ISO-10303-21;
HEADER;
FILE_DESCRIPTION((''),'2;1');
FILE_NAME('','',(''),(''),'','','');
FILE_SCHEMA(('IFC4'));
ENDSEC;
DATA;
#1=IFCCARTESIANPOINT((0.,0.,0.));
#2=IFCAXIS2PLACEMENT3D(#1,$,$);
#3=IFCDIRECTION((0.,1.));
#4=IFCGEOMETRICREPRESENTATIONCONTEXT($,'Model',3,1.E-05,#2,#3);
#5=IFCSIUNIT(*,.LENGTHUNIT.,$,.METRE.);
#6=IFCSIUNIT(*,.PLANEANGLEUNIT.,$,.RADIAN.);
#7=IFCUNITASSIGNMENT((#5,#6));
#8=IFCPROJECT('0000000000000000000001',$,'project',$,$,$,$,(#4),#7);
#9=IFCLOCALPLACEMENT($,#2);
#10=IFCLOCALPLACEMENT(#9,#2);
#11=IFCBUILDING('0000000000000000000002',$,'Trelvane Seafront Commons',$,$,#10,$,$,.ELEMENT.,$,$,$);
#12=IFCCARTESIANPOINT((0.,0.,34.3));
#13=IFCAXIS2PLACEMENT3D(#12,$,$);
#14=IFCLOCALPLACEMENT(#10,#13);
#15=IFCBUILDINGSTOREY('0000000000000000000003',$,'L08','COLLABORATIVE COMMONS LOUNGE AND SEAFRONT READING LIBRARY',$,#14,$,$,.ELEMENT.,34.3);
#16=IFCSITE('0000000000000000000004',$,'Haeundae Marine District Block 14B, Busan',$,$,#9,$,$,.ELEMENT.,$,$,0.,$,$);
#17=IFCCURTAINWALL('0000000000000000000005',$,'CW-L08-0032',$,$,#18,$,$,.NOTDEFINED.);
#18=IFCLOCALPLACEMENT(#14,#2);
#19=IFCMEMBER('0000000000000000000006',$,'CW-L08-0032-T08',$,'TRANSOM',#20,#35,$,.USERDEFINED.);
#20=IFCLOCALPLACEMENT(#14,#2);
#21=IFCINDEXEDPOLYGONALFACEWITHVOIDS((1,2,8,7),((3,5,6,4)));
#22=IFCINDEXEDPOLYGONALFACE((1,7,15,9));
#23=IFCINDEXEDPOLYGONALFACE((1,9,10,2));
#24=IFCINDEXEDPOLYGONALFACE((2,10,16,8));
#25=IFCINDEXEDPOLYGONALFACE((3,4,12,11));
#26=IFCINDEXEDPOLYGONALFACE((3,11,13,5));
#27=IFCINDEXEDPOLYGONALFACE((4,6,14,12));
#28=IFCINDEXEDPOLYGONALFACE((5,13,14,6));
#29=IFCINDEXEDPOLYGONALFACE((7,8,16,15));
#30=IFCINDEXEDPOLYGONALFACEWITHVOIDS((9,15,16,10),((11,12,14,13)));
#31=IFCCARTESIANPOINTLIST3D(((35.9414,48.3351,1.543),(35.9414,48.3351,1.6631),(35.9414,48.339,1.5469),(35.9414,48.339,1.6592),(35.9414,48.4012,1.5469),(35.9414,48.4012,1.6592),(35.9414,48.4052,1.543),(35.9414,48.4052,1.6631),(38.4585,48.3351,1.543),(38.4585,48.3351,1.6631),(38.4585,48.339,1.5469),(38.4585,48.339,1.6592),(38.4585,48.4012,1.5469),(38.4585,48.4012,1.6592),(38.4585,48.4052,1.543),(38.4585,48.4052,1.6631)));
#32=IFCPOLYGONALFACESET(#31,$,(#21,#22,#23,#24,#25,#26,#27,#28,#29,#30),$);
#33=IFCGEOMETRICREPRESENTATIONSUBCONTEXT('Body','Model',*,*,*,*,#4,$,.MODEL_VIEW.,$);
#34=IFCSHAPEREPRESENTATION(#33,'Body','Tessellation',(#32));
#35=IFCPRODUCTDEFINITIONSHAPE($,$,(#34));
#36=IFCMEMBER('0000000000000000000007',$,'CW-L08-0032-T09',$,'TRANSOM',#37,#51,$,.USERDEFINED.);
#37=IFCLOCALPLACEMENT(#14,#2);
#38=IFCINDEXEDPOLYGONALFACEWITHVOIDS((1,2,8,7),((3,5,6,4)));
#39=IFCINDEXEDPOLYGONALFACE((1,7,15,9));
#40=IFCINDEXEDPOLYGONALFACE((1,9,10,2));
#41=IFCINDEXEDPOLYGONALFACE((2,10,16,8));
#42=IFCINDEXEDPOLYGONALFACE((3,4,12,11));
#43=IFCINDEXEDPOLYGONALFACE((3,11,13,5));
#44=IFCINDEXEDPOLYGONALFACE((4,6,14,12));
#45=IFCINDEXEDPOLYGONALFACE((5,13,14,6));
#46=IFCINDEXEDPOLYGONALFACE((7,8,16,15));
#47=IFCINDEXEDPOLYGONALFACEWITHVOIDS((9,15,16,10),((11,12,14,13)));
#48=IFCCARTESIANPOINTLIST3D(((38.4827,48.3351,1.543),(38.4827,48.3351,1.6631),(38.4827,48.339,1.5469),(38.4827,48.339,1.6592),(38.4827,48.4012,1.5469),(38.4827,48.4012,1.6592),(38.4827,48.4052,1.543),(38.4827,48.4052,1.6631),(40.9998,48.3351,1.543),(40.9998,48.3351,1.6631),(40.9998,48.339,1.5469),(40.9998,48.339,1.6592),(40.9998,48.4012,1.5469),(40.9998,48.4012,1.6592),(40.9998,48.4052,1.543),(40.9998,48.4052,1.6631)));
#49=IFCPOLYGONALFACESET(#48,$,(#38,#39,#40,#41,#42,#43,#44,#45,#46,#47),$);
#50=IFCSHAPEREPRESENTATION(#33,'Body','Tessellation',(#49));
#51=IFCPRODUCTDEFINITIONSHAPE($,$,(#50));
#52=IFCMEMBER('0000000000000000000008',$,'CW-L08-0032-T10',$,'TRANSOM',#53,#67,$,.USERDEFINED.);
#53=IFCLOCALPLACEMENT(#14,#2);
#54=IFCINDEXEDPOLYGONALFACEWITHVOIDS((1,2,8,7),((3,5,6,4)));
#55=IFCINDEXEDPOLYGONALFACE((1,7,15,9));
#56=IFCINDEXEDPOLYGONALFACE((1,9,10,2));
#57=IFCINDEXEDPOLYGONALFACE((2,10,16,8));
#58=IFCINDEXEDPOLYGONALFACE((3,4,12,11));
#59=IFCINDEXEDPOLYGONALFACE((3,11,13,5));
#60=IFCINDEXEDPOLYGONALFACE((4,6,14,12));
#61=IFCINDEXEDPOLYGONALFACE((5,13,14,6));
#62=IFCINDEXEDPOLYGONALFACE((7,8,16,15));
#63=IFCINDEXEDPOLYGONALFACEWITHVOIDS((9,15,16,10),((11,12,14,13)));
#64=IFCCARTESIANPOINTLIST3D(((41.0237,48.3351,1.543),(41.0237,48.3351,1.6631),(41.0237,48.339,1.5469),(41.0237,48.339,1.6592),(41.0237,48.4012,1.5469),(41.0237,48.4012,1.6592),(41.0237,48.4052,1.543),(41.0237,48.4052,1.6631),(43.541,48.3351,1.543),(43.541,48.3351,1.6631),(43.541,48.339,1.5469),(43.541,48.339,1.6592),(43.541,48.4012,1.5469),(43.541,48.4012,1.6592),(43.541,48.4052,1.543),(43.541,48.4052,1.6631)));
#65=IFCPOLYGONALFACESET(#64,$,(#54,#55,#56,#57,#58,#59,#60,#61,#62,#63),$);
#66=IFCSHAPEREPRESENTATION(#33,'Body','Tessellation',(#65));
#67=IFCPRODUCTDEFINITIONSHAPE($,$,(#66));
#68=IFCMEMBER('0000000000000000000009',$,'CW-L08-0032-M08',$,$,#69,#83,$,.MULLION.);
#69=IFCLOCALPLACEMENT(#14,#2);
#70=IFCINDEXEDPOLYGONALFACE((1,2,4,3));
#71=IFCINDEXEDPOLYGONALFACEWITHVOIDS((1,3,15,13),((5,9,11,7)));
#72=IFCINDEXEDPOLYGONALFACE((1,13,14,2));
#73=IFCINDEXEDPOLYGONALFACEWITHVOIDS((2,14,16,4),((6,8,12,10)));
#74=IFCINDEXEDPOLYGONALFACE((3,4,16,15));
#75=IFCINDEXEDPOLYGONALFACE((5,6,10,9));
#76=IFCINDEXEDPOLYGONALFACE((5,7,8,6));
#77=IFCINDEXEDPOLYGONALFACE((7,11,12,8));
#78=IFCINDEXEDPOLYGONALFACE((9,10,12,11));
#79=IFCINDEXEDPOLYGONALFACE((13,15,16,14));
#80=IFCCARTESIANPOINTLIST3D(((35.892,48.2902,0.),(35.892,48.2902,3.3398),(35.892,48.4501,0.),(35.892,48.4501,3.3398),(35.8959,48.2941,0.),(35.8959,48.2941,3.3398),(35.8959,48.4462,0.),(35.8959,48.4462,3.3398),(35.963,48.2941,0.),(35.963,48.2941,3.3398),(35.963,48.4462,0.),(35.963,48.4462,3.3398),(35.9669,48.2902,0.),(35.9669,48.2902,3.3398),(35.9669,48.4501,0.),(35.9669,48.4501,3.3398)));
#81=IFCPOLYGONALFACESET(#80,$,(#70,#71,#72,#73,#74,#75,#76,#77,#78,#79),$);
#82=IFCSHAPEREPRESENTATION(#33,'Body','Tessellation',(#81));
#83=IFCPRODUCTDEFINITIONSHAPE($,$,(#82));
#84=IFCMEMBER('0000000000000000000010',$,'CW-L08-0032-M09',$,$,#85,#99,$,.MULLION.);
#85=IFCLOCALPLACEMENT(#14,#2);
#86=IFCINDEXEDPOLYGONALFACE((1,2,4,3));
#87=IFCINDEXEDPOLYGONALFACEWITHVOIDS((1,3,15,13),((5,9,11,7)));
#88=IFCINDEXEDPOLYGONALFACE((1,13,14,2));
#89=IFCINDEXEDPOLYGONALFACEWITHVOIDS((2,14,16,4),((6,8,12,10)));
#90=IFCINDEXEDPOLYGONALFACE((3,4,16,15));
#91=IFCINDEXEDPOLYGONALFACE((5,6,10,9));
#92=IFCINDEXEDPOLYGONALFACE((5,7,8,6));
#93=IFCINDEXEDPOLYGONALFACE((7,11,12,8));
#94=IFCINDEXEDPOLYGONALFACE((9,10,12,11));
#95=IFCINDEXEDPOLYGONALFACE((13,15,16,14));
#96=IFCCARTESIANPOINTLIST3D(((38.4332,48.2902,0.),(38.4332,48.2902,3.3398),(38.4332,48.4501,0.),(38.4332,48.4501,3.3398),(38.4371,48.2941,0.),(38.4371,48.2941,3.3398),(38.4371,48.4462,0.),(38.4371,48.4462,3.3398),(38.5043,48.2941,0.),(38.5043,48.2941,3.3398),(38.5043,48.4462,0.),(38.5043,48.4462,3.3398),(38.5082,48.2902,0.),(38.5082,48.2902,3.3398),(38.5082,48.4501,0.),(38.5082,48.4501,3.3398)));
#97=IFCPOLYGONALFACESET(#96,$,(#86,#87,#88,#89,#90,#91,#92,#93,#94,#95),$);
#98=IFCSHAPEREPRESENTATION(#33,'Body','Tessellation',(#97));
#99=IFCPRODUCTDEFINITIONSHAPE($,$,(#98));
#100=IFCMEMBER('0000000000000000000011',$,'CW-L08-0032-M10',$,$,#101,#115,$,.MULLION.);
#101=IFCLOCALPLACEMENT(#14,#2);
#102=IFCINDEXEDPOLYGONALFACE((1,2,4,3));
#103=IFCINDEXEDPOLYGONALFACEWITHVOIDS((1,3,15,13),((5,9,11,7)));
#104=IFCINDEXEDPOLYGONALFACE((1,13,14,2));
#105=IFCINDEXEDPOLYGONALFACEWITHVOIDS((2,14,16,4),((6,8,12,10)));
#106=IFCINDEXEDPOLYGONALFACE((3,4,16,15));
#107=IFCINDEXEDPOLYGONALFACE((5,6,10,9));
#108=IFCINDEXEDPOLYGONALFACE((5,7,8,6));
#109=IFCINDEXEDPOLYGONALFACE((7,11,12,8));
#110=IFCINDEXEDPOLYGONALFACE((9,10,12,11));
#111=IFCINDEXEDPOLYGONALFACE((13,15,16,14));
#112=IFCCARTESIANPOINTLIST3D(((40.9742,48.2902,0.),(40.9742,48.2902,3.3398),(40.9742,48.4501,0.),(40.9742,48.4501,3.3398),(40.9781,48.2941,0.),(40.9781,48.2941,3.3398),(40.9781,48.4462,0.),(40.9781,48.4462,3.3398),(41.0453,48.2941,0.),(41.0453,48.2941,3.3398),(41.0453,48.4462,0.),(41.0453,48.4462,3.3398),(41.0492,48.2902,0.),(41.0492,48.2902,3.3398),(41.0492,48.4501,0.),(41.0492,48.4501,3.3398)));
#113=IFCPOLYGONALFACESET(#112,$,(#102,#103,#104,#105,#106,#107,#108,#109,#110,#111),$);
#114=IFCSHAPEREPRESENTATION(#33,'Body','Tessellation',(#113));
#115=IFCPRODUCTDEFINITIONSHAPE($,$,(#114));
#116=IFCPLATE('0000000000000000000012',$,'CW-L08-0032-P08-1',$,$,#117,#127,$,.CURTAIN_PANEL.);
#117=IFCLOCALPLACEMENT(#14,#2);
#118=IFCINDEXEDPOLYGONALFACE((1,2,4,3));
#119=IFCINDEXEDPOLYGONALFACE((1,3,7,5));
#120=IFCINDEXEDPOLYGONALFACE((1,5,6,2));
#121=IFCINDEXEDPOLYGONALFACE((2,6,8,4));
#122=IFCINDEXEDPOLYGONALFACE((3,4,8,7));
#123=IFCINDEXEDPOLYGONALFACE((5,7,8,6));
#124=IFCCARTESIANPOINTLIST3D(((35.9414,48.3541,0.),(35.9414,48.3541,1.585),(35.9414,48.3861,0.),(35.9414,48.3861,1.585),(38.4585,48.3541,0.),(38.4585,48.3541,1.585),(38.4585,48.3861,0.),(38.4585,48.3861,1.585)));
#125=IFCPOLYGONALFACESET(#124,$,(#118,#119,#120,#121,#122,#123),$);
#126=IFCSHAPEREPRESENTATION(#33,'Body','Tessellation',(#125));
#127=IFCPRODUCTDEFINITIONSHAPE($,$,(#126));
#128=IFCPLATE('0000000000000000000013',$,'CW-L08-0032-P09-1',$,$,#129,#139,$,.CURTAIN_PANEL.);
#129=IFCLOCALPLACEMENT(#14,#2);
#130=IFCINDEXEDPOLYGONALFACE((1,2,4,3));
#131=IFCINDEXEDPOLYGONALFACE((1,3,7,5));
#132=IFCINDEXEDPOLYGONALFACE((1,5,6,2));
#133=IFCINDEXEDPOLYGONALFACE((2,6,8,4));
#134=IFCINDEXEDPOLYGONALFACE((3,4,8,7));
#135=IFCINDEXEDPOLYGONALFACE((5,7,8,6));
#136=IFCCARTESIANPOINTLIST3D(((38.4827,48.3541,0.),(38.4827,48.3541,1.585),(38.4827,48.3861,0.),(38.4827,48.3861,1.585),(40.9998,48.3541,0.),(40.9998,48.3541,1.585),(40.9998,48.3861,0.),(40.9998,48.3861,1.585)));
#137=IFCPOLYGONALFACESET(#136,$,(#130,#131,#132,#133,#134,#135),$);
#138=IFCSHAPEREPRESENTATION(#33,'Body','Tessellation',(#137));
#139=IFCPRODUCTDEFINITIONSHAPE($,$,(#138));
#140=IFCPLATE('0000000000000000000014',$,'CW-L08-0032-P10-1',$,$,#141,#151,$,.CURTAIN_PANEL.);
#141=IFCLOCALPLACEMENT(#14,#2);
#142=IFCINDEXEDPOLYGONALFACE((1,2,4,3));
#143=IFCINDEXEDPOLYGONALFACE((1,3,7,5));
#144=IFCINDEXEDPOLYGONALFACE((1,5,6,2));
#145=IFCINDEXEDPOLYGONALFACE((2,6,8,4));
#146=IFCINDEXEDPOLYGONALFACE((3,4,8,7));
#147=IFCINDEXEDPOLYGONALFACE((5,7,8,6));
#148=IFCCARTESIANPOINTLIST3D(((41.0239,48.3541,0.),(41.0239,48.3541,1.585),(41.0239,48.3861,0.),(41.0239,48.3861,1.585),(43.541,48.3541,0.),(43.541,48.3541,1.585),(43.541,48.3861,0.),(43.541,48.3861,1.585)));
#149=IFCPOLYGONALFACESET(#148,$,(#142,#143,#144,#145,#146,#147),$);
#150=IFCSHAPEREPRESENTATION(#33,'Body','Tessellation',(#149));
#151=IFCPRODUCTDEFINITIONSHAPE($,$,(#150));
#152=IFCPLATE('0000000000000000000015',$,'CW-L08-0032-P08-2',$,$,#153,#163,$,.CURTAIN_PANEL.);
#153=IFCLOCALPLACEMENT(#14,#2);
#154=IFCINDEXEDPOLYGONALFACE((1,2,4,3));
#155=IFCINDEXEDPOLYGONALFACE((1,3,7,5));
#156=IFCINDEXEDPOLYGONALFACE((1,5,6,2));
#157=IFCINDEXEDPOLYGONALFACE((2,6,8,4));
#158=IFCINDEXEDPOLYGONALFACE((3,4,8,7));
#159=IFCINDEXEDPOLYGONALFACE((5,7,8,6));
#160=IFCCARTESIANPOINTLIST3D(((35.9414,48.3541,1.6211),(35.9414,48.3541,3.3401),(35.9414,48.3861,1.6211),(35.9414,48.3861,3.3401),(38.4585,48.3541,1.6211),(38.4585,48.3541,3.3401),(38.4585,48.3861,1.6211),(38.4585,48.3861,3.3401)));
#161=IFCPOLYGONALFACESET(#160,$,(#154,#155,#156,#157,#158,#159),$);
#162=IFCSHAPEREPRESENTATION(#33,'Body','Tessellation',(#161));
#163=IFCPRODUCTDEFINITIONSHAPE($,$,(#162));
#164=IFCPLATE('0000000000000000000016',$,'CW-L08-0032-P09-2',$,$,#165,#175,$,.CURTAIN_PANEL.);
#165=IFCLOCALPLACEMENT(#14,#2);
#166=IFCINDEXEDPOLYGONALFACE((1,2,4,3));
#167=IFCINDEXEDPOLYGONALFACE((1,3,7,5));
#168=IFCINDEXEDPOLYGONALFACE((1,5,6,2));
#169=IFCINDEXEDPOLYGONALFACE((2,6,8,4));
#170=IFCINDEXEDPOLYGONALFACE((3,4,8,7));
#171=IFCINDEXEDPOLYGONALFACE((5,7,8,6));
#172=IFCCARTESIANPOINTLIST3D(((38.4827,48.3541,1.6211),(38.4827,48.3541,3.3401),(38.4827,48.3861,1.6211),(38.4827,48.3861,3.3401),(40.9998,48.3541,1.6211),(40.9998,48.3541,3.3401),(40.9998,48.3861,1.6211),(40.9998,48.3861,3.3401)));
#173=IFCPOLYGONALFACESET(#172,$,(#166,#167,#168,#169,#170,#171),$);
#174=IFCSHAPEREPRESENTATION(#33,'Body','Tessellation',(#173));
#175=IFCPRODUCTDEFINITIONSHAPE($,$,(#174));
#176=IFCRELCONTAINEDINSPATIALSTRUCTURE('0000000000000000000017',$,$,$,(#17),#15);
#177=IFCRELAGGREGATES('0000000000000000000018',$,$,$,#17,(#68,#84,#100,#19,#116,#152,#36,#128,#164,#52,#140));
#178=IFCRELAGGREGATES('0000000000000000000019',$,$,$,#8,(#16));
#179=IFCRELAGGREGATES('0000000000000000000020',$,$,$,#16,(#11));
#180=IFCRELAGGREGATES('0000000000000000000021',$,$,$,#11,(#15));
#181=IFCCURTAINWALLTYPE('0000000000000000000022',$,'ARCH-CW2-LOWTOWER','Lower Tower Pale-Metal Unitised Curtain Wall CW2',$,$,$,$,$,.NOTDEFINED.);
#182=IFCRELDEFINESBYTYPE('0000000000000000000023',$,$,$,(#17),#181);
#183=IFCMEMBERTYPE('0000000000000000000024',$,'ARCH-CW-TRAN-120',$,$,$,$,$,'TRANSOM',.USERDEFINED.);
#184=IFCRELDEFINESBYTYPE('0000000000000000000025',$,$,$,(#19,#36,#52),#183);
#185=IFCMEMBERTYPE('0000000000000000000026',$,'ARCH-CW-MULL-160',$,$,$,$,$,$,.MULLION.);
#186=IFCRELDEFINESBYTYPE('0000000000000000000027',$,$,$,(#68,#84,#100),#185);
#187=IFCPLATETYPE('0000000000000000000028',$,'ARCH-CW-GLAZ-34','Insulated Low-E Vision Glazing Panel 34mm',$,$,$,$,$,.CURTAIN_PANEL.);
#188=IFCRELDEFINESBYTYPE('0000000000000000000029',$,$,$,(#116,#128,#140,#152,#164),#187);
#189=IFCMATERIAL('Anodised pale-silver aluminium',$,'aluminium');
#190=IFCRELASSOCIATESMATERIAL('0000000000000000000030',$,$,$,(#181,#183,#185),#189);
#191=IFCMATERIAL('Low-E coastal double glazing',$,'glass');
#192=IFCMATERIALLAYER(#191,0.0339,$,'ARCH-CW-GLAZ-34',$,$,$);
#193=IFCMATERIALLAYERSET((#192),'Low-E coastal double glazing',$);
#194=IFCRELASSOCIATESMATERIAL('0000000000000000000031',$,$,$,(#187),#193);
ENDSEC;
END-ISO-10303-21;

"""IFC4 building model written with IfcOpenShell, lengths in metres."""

from ifc_helpers import new_model, si_unit, direction, frame, origin, origin_2d, place, context, subcontext, project, spatial, rectangle, hollow_rectangle, extrude, source, transform, mapped, material, layer, layer_set, material_profile, profile_set, type_object, element, aggregate, save


model = new_model("IFC4")

# Units and contexts
model_context = context("Model", 3, precision=1e-05, world=origin(), true_north=direction((0.0, 1.0)))
body_context = subcontext(model_context, "Body", "Model", "MODEL_VIEW")
ifc_project = project(units=[si_unit("LENGTHUNIT", "METRE"), si_unit("PLANEANGLEUNIT", "RADIAN")], contexts=[model_context])

# Site, building, storey
site_placement = place(None, origin())
site = spatial("IfcSite", under=ifc_project, at=site_placement, Name="Haeundae Marine District Block 14B, Busan", CompositionType="ELEMENT", RefElevation=0.0)
building_placement = place(site_placement, origin())
building = spatial("IfcBuilding", under=site, at=building_placement, Name="Trelvane Seafront Commons", CompositionType="ELEMENT")
storey_placement = place(building_placement, frame((0.0, 0.0, 34.3)))
storey = spatial("IfcBuildingStorey", under=building, at=storey_placement, Name="L08", Description="COLLABORATIVE COMMONS LOUNGE AND SEAFRONT READING LIBRARY", CompositionType="ELEMENT", Elevation=34.3)

# Curtain wall, members, plates
ifc_material_1 = material(Name="Anodised pale-silver aluminium", Category="aluminium")
curtain_wall_type = type_object("IfcCurtainWallType", Name="ARCH-CW2-LOWTOWER", Description="Lower Tower Pale-Metal Unitised Curtain Wall CW2", PredefinedType="NOTDEFINED", material=ifc_material_1)
curtain_wall_placement = place(storey_placement, origin())
curtain_wall = element("IfcCurtainWall", 1, at=curtain_wall_placement, inside=storey, type_object=curtain_wall_type, Name="CW-L08-0032", PredefinedType="NOTDEFINED")
ifc_material_profile_1 = material_profile(ifc_material_1, hollow_rectangle(XDim=0.0701, YDim=0.1201, WallThickness=0.0039, at=origin_2d()), Name="TRAN-70x120x4")
ifc_profile_set_1 = profile_set([ifc_material_profile_1], Name="Anodised pale-silver aluminium")
member_type_1 = type_object("IfcMemberType", Name="ARCH-CW-TRAN-120", ElementType="TRANSOM", PredefinedType="USERDEFINED", material=ifc_profile_set_1)
shared_shape_1 = source(origin(), body_context, "Body", "SweptSolid", [
    extrude(hollow_rectangle(XDim=0.0701, YDim=0.1201, WallThickness=0.0039, at=origin_2d()), origin(), (0.0, 0.0, 1.0), 2.5171),
])
member_1_placement = place(storey_placement, frame((35.9414, 48.3701, 1.603), z_axis=(1.0, 0.0, 0.0), x_axis=(0.0, 1.0, 0.0)))
member_1 = element("IfcMember", 2, at=member_1_placement, type_object=member_type_1, Name="CW-L08-0032-T08", ObjectType="TRANSOM", PredefinedType="USERDEFINED", context=body_context, shape_type="MappedRepresentation", body=[
    mapped(shared_shape_1, transform((0.0, 0.0, 0.0), x_axis=(1.0, 0.0, 0.0), y_axis=(0.0, 1.0, 0.0), z_axis=(0.0, 0.0, 1.0), scale=1.0)),
])
member_2_placement = place(storey_placement, frame((38.4827, 48.3701, 1.603), z_axis=(1.0, 0.0, 0.0), x_axis=(0.0, 1.0, 0.0)))
member_2 = element("IfcMember", 3, at=member_2_placement, type_object=member_type_1, Name="CW-L08-0032-T09", ObjectType="TRANSOM", PredefinedType="USERDEFINED", context=body_context, shape_type="MappedRepresentation", body=[
    mapped(shared_shape_1, transform((0.0, 0.0, 0.0), x_axis=(1.0, 0.0, 0.0), y_axis=(0.0, 1.0, 0.0), z_axis=(0.0, 0.0, 1.0), scale=1.0)),
])
shared_shape_2 = source(origin(), body_context, "Body", "SweptSolid", [
    extrude(hollow_rectangle(XDim=0.0701, YDim=0.1201, WallThickness=0.0039, at=origin_2d()), origin(), (0.0, 0.0, 1.0), 2.5173),
])
member_3_placement = place(storey_placement, frame((41.0237, 48.3701, 1.603), z_axis=(1.0, 0.0, 0.0), x_axis=(0.0, 1.0, 0.0)))
member_3 = element("IfcMember", 4, at=member_3_placement, type_object=member_type_1, Name="CW-L08-0032-T10", ObjectType="TRANSOM", PredefinedType="USERDEFINED", context=body_context, shape_type="MappedRepresentation", body=[
    mapped(shared_shape_2, transform((0.0, 0.0, 0.0), x_axis=(1.0, 0.0, 0.0), y_axis=(0.0, 1.0, 0.0), z_axis=(0.0, 0.0, 1.0), scale=1.0)),
])
ifc_material_profile_2 = material_profile(ifc_material_1, hollow_rectangle(XDim=0.075, YDim=0.1599, WallThickness=0.0039, at=origin_2d()), Name="MULL-75x160x4")
ifc_profile_set_2 = profile_set([ifc_material_profile_2], Name="Anodised pale-silver aluminium")
member_type_2 = type_object("IfcMemberType", Name="ARCH-CW-MULL-160", PredefinedType="MULLION", material=ifc_profile_set_2)
shared_shape_3 = source(origin(), body_context, "Body", "SweptSolid", [
    extrude(hollow_rectangle(XDim=0.075, YDim=0.1599, WallThickness=0.0039, at=origin_2d()), origin(), (0.0, 0.0, 1.0), 3.3398),
])
member_4_placement = place(storey_placement, frame((35.9294, 48.3701, 0.0), z_axis=(0.0, 0.0, 1.0), x_axis=(1.0, 0.0, 0.0)))
member_4 = element("IfcMember", 5, at=member_4_placement, type_object=member_type_2, Name="CW-L08-0032-M08", PredefinedType="MULLION", context=body_context, shape_type="MappedRepresentation", body=[
    mapped(shared_shape_3, transform((0.0, 0.0, 0.0), x_axis=(1.0, 0.0, 0.0), y_axis=(0.0, 1.0, 0.0), z_axis=(0.0, 0.0, 1.0), scale=1.0)),
])
member_5_placement = place(storey_placement, frame((38.4707, 48.3701, 0.0), z_axis=(0.0, 0.0, 1.0), x_axis=(1.0, 0.0, 0.0)))
member_5 = element("IfcMember", 6, at=member_5_placement, type_object=member_type_2, Name="CW-L08-0032-M09", PredefinedType="MULLION", context=body_context, shape_type="MappedRepresentation", body=[
    mapped(shared_shape_3, transform((0.0, 0.0, 0.0), x_axis=(1.0, 0.0, 0.0), y_axis=(0.0, 1.0, 0.0), z_axis=(0.0, 0.0, 1.0), scale=1.0)),
])
member_6_placement = place(storey_placement, frame((41.0117, 48.3701, 0.0), z_axis=(0.0, 0.0, 1.0), x_axis=(1.0, 0.0, 0.0)))
member_6 = element("IfcMember", 7, at=member_6_placement, type_object=member_type_2, Name="CW-L08-0032-M10", PredefinedType="MULLION", context=body_context, shape_type="MappedRepresentation", body=[
    mapped(shared_shape_3, transform((0.0, 0.0, 0.0), x_axis=(1.0, 0.0, 0.0), y_axis=(0.0, 1.0, 0.0), z_axis=(0.0, 0.0, 1.0), scale=1.0)),
])
ifc_material_2 = material(Name="Low-E coastal double glazing", Category="glass")
ifc_layer_1 = layer(ifc_material_2, 0.0339, Name="ARCH-CW-GLAZ-34")
ifc_layer_set_1 = layer_set([ifc_layer_1], Name="Low-E coastal double glazing")
plate_type_1 = type_object("IfcPlateType", Name="ARCH-CW-GLAZ-34", Description="Insulated Low-E Vision Glazing Panel 34mm", PredefinedType="CURTAIN_PANEL", material=ifc_layer_set_1)
shared_shape_4 = source(origin(), body_context, "Body", "SweptSolid", [
    extrude(rectangle(XDim=2.5171, YDim=0.032, at=origin_2d()), origin(), (0.0, 0.0, 1.0), 1.585),
])
plate_1_placement = place(storey_placement, frame((37.2, 48.3701, 0.0), z_axis=(0.0, 0.0, 1.0), x_axis=(1.0, 0.0, 0.0)))
plate_1 = element("IfcPlate", 8, at=plate_1_placement, type_object=plate_type_1, Name="CW-L08-0032-P08-1", PredefinedType="CURTAIN_PANEL", context=body_context, shape_type="MappedRepresentation", body=[
    mapped(shared_shape_4, transform((0.0, 0.0, 0.0), x_axis=(1.0, 0.0, 0.0), y_axis=(0.0, 1.0, 0.0), z_axis=(0.0, 0.0, 1.0), scale=1.0)),
])
plate_2_placement = place(storey_placement, frame((39.7412, 48.3701, 0.0), z_axis=(0.0, 0.0, 1.0), x_axis=(1.0, 0.0, 0.0)))
plate_2 = element("IfcPlate", 9, at=plate_2_placement, type_object=plate_type_1, Name="CW-L08-0032-P09-1", PredefinedType="CURTAIN_PANEL", context=body_context, shape_type="MappedRepresentation", body=[
    mapped(shared_shape_4, transform((0.0, 0.0, 0.0), x_axis=(1.0, 0.0, 0.0), y_axis=(0.0, 1.0, 0.0), z_axis=(0.0, 0.0, 1.0), scale=1.0)),
])
plate_3_placement = place(storey_placement, frame((42.2825, 48.3701, 0.0), z_axis=(0.0, 0.0, 1.0), x_axis=(1.0, 0.0, 0.0)))
plate_3 = element("IfcPlate", 10, at=plate_3_placement, type_object=plate_type_1, Name="CW-L08-0032-P10-1", PredefinedType="CURTAIN_PANEL", context=body_context, shape_type="MappedRepresentation", body=[
    mapped(shared_shape_4, transform((0.0, 0.0, 0.0), x_axis=(1.0, 0.0, 0.0), y_axis=(0.0, 1.0, 0.0), z_axis=(0.0, 0.0, 1.0), scale=1.0)),
])
shared_shape_5 = source(origin(), body_context, "Body", "SweptSolid", [
    extrude(rectangle(XDim=2.5171, YDim=0.032, at=origin_2d()), origin(), (0.0, 0.0, 1.0), 1.719),
])
plate_4_placement = place(storey_placement, frame((37.2, 48.3701, 1.6211), z_axis=(0.0, 0.0, 1.0), x_axis=(1.0, 0.0, 0.0)))
plate_4 = element("IfcPlate", 11, at=plate_4_placement, type_object=plate_type_1, Name="CW-L08-0032-P08-2", PredefinedType="CURTAIN_PANEL", context=body_context, shape_type="MappedRepresentation", body=[
    mapped(shared_shape_5, transform((0.0, 0.0, 0.0), x_axis=(1.0, 0.0, 0.0), y_axis=(0.0, 1.0, 0.0), z_axis=(0.0, 0.0, 1.0), scale=1.0)),
])
plate_5_placement = place(storey_placement, frame((39.7412, 48.3701, 1.6211), z_axis=(0.0, 0.0, 1.0), x_axis=(1.0, 0.0, 0.0)))
plate_5 = element("IfcPlate", 12, at=plate_5_placement, type_object=plate_type_1, Name="CW-L08-0032-P09-2", PredefinedType="CURTAIN_PANEL", context=body_context, shape_type="MappedRepresentation", body=[
    mapped(shared_shape_5, transform((0.0, 0.0, 0.0), x_axis=(1.0, 0.0, 0.0), y_axis=(0.0, 1.0, 0.0), z_axis=(0.0, 0.0, 1.0), scale=1.0)),
])
aggregate(curtain_wall, [member_4, member_5, member_6, member_1, plate_1, plate_4, member_2, plate_2, plate_5, member_3, plate_3])

save(model, "model.ifc")
